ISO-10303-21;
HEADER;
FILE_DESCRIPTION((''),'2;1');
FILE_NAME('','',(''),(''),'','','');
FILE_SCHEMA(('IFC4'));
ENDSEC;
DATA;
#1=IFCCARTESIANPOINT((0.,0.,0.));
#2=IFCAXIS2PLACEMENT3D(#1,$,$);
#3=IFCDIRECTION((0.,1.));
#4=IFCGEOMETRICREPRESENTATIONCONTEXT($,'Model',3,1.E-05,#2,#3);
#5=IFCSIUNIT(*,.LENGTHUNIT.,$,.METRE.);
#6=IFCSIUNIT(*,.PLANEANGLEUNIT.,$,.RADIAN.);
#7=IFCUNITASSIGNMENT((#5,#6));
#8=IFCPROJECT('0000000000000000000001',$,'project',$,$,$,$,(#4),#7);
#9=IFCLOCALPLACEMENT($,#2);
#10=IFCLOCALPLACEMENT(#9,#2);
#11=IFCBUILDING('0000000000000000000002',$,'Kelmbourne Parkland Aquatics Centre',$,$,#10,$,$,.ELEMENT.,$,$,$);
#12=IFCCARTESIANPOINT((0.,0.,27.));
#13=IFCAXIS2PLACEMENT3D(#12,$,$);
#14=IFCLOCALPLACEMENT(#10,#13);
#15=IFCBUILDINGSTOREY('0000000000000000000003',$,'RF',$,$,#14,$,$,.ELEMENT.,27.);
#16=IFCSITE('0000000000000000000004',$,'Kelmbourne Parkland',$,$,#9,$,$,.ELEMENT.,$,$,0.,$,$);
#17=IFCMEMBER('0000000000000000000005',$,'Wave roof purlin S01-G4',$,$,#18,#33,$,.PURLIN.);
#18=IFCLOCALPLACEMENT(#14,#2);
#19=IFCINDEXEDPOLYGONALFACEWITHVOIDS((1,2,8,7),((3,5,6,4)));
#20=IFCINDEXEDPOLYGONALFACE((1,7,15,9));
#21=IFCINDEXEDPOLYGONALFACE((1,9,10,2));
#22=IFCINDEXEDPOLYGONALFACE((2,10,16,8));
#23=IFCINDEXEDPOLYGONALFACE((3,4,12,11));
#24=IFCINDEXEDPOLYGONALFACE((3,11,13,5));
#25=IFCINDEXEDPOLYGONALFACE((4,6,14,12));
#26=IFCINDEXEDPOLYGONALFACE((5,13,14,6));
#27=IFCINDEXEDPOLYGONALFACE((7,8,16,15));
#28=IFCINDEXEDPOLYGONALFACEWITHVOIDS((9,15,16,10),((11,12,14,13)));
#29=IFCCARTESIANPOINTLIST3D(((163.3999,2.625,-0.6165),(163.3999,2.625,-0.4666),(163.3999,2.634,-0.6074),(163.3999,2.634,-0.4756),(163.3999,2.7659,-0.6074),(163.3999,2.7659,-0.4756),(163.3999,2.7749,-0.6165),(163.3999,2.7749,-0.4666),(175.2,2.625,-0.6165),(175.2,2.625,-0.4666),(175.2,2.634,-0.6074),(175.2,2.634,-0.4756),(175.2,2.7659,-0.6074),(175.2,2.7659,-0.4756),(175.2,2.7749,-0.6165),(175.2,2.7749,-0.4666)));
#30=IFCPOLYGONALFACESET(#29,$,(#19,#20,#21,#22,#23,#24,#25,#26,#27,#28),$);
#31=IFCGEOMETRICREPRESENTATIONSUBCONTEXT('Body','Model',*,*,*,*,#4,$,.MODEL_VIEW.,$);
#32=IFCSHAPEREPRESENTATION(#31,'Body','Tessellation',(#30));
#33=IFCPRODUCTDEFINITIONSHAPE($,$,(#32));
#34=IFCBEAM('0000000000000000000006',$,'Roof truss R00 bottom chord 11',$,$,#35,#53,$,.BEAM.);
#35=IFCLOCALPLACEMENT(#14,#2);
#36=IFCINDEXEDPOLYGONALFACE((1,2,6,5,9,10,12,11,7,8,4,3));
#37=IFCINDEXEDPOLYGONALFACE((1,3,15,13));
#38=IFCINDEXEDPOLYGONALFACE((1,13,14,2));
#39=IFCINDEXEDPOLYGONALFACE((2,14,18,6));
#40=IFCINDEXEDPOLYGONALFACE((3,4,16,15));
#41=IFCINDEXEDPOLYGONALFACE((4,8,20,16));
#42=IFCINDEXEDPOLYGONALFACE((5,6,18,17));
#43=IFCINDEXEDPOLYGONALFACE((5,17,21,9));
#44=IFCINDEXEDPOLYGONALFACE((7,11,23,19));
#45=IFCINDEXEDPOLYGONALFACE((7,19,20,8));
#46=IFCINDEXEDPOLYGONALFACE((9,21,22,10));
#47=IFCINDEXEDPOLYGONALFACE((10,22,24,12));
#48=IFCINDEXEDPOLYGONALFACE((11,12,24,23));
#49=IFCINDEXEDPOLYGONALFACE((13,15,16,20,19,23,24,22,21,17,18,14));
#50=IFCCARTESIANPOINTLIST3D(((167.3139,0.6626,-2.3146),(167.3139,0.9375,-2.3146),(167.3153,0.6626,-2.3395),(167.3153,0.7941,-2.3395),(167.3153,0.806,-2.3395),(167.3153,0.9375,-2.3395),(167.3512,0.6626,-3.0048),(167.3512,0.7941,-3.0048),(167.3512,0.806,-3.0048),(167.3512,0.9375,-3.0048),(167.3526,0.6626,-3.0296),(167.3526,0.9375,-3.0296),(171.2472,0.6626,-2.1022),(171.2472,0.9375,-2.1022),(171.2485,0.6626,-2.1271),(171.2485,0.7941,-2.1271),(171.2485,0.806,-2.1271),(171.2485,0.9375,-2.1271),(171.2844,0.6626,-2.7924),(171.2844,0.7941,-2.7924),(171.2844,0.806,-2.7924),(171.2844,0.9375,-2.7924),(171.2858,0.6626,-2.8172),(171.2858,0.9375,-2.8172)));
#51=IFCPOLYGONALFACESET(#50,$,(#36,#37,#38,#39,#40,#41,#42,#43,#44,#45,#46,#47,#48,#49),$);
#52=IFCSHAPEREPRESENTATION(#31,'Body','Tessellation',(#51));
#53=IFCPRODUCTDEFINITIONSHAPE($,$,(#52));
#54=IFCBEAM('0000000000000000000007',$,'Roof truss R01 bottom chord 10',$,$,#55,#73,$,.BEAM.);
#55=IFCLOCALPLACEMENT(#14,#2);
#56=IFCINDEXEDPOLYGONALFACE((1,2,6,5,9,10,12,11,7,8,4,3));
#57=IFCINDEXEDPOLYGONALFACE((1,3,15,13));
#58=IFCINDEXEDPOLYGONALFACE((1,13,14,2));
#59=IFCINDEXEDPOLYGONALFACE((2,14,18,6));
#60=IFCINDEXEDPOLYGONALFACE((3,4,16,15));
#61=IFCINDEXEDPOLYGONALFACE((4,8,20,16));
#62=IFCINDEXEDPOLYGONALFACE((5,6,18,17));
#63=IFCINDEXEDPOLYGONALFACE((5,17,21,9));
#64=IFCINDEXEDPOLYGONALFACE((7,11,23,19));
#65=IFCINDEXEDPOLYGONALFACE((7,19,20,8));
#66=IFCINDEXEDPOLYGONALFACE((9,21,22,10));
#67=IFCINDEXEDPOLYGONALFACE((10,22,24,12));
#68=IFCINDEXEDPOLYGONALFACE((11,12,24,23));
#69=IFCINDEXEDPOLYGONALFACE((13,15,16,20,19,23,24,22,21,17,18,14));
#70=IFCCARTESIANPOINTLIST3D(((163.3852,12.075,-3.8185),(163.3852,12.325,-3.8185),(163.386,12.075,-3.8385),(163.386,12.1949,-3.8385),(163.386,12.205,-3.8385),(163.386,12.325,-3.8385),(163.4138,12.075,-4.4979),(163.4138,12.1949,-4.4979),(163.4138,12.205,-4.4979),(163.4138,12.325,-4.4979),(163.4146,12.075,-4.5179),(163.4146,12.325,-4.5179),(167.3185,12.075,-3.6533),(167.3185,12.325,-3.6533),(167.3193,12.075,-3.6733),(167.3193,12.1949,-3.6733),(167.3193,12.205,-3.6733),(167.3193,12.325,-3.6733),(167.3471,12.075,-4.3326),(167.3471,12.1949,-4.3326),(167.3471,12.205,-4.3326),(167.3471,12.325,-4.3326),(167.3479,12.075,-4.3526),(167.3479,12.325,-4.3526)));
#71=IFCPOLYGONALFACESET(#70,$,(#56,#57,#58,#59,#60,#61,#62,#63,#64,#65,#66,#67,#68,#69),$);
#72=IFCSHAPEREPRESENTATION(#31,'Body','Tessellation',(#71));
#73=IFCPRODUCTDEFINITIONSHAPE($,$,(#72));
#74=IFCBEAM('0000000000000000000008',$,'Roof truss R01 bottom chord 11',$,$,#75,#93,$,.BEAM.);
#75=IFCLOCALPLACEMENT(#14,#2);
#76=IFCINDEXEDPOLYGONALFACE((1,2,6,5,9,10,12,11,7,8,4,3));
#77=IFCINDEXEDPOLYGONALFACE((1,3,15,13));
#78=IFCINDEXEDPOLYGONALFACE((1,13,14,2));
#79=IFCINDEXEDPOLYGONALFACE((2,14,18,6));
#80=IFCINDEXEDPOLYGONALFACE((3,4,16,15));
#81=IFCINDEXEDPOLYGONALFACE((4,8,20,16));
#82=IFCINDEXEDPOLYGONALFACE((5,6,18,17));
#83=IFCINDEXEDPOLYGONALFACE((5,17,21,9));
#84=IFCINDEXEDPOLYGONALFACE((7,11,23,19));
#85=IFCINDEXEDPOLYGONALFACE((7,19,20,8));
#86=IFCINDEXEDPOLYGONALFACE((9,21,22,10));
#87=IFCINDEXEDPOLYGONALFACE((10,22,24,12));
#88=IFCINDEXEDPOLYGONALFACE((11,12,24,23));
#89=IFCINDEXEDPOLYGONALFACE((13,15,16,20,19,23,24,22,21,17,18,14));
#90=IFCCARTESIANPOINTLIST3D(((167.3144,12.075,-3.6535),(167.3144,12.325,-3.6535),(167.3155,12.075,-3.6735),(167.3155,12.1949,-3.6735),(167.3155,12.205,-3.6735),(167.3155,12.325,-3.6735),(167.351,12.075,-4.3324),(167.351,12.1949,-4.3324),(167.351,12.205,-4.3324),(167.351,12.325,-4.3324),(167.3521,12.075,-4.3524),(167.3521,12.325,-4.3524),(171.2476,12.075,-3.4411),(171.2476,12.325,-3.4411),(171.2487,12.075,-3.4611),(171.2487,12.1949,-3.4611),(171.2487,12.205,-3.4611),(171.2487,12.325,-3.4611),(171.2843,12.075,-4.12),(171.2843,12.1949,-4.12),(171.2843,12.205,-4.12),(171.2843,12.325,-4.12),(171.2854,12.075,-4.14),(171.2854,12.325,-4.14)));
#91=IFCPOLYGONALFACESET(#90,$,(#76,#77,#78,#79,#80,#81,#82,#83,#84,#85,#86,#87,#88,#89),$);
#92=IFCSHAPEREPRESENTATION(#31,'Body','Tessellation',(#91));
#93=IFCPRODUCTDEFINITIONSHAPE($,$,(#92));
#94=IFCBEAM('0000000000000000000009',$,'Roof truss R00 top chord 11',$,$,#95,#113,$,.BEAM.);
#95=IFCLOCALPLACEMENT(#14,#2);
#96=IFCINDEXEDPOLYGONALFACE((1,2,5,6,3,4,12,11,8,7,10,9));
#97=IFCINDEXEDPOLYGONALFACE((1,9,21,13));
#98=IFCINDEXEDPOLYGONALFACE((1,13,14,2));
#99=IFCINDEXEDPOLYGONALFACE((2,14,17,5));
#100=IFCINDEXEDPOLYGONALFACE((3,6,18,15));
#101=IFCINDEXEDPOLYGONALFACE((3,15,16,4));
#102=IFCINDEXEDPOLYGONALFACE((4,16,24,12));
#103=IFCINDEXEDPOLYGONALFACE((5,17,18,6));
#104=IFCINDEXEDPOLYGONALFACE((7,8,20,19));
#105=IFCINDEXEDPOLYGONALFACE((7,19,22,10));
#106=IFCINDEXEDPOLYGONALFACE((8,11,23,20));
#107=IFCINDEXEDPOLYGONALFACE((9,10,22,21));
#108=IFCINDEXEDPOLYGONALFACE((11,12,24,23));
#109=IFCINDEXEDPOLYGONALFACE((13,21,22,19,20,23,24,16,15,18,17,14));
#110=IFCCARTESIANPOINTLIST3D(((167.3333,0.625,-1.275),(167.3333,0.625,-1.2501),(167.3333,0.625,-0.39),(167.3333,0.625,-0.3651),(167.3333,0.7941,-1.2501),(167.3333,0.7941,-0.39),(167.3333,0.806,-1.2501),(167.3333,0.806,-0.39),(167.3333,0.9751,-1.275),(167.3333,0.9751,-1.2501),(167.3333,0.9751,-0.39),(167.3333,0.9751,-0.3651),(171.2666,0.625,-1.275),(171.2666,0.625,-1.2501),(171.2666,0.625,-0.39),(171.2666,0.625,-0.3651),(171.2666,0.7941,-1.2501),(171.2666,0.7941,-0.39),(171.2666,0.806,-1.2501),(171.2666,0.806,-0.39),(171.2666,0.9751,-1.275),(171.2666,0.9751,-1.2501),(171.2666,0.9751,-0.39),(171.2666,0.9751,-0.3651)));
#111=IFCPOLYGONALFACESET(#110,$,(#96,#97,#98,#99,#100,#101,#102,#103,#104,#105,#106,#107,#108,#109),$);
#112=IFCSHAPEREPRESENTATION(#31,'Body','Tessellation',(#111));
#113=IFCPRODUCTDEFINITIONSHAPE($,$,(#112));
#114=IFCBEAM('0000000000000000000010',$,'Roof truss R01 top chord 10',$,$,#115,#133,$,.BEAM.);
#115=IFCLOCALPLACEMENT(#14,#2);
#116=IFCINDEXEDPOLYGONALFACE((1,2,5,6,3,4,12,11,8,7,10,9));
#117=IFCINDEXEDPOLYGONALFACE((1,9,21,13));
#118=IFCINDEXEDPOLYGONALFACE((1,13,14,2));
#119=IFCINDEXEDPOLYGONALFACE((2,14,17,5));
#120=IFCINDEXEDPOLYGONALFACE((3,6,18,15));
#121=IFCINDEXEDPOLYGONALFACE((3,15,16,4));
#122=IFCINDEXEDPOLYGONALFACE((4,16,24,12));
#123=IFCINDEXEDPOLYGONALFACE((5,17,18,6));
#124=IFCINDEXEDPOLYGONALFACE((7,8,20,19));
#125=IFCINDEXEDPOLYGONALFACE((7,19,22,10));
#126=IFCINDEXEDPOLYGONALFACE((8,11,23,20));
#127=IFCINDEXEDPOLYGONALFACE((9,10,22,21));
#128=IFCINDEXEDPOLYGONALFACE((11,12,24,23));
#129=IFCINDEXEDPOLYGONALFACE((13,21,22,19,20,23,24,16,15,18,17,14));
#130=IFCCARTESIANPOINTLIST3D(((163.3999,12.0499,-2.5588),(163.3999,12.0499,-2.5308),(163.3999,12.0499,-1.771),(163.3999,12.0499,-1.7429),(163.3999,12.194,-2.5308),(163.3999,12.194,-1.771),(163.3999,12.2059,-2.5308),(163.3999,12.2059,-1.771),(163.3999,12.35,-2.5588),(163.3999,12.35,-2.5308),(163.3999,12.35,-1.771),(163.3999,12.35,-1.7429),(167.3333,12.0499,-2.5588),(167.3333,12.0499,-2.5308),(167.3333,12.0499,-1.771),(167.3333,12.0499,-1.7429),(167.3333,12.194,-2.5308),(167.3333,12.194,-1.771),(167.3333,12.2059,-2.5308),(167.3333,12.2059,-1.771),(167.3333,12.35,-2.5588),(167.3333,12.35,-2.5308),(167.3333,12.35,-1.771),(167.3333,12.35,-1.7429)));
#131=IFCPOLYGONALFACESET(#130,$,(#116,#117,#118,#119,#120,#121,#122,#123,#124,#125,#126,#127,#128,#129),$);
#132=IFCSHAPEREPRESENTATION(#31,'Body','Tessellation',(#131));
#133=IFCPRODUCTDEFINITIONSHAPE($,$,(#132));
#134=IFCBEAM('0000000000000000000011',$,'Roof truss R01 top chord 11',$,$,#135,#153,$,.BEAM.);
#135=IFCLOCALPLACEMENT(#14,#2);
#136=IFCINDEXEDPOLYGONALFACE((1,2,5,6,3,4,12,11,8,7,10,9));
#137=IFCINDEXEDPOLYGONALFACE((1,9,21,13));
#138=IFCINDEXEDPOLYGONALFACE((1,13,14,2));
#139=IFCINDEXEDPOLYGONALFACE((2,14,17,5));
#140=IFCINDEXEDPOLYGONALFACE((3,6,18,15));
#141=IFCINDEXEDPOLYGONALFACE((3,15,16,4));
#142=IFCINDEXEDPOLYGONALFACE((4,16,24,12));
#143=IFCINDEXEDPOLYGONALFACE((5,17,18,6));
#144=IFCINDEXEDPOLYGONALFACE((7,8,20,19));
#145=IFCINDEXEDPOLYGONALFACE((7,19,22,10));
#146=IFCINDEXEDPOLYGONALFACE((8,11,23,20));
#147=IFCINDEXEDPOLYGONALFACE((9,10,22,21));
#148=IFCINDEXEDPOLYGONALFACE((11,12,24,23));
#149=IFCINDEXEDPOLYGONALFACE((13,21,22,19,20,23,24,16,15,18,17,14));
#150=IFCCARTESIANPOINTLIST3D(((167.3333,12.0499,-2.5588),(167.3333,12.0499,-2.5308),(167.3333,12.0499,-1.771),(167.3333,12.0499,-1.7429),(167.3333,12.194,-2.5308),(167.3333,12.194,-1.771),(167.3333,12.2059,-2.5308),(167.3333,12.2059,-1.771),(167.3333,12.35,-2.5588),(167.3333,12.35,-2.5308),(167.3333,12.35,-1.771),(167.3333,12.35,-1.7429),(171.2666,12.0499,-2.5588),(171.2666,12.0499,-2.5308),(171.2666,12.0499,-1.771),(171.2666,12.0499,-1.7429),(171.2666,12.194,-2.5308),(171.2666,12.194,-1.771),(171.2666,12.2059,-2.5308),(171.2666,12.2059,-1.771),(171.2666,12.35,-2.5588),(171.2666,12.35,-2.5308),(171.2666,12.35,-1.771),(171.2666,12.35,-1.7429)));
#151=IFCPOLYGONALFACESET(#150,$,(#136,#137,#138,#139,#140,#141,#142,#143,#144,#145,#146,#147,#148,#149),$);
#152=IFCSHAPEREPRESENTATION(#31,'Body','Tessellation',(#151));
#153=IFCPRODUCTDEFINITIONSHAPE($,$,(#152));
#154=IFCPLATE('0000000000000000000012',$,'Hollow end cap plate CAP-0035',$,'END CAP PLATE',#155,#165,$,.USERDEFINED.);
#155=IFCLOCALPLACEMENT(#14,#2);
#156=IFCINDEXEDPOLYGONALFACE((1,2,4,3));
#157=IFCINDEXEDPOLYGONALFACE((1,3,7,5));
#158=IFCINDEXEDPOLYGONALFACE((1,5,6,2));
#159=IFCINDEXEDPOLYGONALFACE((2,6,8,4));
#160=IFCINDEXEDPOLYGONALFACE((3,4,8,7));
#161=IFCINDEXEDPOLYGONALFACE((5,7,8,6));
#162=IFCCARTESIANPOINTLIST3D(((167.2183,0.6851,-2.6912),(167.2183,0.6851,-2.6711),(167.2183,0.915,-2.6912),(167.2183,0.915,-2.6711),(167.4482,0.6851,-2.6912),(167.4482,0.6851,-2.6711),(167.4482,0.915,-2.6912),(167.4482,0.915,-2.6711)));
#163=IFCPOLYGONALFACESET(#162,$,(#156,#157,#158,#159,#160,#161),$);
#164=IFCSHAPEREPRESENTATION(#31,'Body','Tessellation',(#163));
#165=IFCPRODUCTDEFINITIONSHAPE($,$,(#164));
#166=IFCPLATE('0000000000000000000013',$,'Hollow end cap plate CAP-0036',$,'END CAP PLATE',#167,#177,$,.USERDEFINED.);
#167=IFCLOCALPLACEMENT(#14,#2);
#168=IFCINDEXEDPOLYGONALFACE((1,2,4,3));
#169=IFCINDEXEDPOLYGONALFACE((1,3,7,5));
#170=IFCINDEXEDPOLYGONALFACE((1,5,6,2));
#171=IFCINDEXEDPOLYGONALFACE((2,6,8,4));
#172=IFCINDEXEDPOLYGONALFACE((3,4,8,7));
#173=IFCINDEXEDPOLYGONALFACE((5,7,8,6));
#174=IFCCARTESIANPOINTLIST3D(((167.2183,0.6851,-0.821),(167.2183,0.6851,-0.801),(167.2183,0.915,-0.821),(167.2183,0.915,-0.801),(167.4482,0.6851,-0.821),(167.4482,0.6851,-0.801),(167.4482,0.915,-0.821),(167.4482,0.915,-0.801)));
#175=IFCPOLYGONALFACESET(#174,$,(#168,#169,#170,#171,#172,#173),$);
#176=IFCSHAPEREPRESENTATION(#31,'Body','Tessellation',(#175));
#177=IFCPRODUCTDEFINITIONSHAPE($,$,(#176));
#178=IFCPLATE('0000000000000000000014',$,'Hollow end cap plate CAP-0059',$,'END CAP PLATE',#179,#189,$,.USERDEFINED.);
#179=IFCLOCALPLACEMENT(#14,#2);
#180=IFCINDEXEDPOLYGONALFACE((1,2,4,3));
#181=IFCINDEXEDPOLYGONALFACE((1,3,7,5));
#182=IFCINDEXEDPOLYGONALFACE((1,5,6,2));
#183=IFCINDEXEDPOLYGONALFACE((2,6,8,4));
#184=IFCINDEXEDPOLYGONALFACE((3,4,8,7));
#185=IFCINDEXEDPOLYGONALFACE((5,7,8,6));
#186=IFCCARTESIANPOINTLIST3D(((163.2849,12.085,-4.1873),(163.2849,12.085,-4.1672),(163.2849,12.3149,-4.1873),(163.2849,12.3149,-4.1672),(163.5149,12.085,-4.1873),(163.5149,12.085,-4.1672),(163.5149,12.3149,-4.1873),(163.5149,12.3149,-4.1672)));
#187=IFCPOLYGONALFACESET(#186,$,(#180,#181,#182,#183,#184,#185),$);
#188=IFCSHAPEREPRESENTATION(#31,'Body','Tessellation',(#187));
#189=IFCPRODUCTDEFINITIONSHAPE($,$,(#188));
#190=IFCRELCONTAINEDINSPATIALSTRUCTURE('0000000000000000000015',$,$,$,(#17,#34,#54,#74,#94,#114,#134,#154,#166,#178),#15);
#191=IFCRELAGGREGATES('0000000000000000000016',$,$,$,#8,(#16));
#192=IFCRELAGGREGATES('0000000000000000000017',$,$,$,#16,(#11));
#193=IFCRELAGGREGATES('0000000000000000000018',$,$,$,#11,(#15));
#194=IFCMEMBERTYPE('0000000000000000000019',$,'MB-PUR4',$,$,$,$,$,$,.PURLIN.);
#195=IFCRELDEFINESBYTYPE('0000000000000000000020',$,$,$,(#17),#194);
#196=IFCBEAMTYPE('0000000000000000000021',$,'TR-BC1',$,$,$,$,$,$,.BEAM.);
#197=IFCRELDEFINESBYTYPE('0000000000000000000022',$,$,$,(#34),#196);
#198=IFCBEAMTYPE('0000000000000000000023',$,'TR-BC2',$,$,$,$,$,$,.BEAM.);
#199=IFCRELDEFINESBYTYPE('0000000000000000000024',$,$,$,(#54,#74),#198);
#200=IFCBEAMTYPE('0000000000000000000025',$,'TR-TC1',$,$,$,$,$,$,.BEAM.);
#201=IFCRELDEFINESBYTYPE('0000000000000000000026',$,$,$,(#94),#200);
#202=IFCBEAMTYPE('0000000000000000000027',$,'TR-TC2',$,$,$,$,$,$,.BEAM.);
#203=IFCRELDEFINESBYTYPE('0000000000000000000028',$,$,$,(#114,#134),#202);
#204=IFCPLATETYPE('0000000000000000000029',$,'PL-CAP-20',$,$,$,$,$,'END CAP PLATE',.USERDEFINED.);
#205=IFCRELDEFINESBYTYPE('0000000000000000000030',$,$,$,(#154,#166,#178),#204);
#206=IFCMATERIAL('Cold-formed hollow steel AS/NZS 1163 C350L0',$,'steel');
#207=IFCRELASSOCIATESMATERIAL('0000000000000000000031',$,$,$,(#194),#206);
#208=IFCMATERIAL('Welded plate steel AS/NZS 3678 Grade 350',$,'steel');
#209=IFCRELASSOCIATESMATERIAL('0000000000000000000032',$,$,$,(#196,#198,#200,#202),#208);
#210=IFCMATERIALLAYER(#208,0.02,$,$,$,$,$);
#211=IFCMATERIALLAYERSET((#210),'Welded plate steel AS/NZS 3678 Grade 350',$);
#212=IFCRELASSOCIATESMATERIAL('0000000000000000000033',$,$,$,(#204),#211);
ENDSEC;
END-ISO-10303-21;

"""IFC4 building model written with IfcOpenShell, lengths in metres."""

from ifc_helpers import new_model, si_unit, direction, frame, origin, origin_2d, place, context, subcontext, project, spatial, rectangle, hollow_rectangle, i_section, extrude, material, layer, layer_set, material_profile, profile_set, type_object, element, save


model = new_model("IFC4")

# Units and contexts
model_context = context("Model", 3, precision=1e-05, world=origin(), true_north=direction((0.0, 1.0)))
body_context = subcontext(model_context, "Body", "Model", "MODEL_VIEW")
ifc_project = project(units=[si_unit("LENGTHUNIT", "METRE"), si_unit("PLANEANGLEUNIT", "RADIAN")], contexts=[model_context])

# Site, building, storey
site_placement = place(None, origin())
site = spatial("IfcSite", under=ifc_project, at=site_placement, Name="Kelmbourne Parkland", CompositionType="ELEMENT", RefElevation=0.0)
building_placement = place(site_placement, origin())
building = spatial("IfcBuilding", under=site, at=building_placement, Name="Kelmbourne Parkland Aquatics Centre", CompositionType="ELEMENT")
storey_placement = place(building_placement, frame((0.0, 0.0, 27.0)))
storey = spatial("IfcBuildingStorey", under=building, at=storey_placement, Name="RF", CompositionType="ELEMENT", Elevation=27.0)

# Member
ifc_material_1 = material(Name="Cold-formed hollow steel AS/NZS 1163 C350L0", Category="steel")
ifc_material_profile_1 = material_profile(ifc_material_1, hollow_rectangle(XDim=0.1499, YDim=0.1499, WallThickness=0.009, at=origin_2d()), Name="SHS 150x150x9.0")
ifc_profile_set_1 = profile_set([ifc_material_profile_1], Name="Cold-formed hollow steel AS/NZS 1163 C350L0")
member_type_1 = type_object("IfcMemberType", Name="MB-PUR4", PredefinedType="PURLIN", material=ifc_profile_set_1)
member_1_placement = place(storey_placement, frame((163.3999, 2.7, -0.5415), z_axis=(1.0, 0.0, 0.0), x_axis=(0.0, 1.0, 0.0)))
element("IfcMember", 1, at=member_1_placement, inside=storey, type_object=member_type_1, Name="Wave roof purlin S01-G4", PredefinedType="PURLIN", context=body_context, shape_type="SweptSolid", body=[
    extrude(hollow_rectangle(XDim=0.1499, YDim=0.1499, WallThickness=0.009, at=origin_2d()), origin(), (0.0, 0.0, 1.0), 11.8),
])

# Beams
ifc_material_2 = material(Name="Welded plate steel AS/NZS 3678 Grade 350", Category="steel")
ifc_material_profile_2 = material_profile(ifc_material_2, i_section(OverallWidth=0.2749, OverallDepth=0.7161, WebThickness=0.012, FlangeThickness=0.0249, at=origin_2d()), Name="700WB173")
ifc_profile_set_2 = profile_set([ifc_material_profile_2], Name="Welded plate steel AS/NZS 3678 Grade 350")
beam_type_1 = type_object("IfcBeamType", Name="TR-BC1", PredefinedType="BEAM", material=ifc_profile_set_2)
beam_1_placement = place(storey_placement, frame((167.3333, 0.8, -2.6721), z_axis=(0.998545, 0.0, 0.053922), x_axis=(0.0, 1.0, 0.0)))
element("IfcBeam", 2, at=beam_1_placement, inside=storey, type_object=beam_type_1, Name="Roof truss R00 bottom chord 11", PredefinedType="BEAM", context=body_context, shape_type="SweptSolid", body=[
    extrude(i_section(OverallWidth=0.2749, OverallDepth=0.7161, WebThickness=0.012, FlangeThickness=0.0249, at=origin_2d()), origin(), (0.0, 0.0, 1.0), 3.939),
])
ifc_material_profile_3 = material_profile(ifc_material_2, i_section(OverallWidth=0.25, OverallDepth=0.7, WebThickness=0.01, FlangeThickness=0.02, at=origin_2d()), Name="700WB130")
ifc_profile_set_3 = profile_set([ifc_material_profile_3], Name="Welded plate steel AS/NZS 3678 Grade 350")
beam_type_2 = type_object("IfcBeamType", Name="TR-BC2", PredefinedType="BEAM", material=ifc_profile_set_3)
beam_2_placement = place(storey_placement, frame((163.3999, 12.2, -4.1682), z_axis=(0.999118, 0.0, 0.041984), x_axis=(0.0, 1.0, 0.0)))
element("IfcBeam", 3, at=beam_2_placement, inside=storey, type_object=beam_type_2, Name="Roof truss R01 bottom chord 10", PredefinedType="BEAM", context=body_context, shape_type="SweptSolid", body=[
    extrude(i_section(OverallWidth=0.25, OverallDepth=0.7, WebThickness=0.01, FlangeThickness=0.02, at=origin_2d()), origin(), (0.0, 0.0, 1.0), 3.9368),
])
beam_3_placement = place(storey_placement, frame((167.3333, 12.2, -4.0029), z_axis=(0.998545, 0.0, 0.053922), x_axis=(0.0, 1.0, 0.0)))
element("IfcBeam", 4, at=beam_3_placement, inside=storey, type_object=beam_type_2, Name="Roof truss R01 bottom chord 11", PredefinedType="BEAM", context=body_context, shape_type="SweptSolid", body=[
    extrude(i_section(OverallWidth=0.25, OverallDepth=0.7, WebThickness=0.01, FlangeThickness=0.02, at=origin_2d()), origin(), (0.0, 0.0, 1.0), 3.939),
])
ifc_material_profile_4 = material_profile(ifc_material_2, i_section(OverallWidth=0.3501, OverallDepth=0.9099, WebThickness=0.012, FlangeThickness=0.0249, at=origin_2d()), Name="900WB218")
ifc_profile_set_4 = profile_set([ifc_material_profile_4], Name="Welded plate steel AS/NZS 3678 Grade 350")
beam_type_3 = type_object("IfcBeamType", Name="TR-TC1", PredefinedType="BEAM", material=ifc_profile_set_4)
beam_4_placement = place(storey_placement, frame((167.3333, 0.8, -0.8201), z_axis=(1.0, 0.0, 0.0), x_axis=(0.0, 1.0, 0.0)))
element("IfcBeam", 5, at=beam_4_placement, inside=storey, type_object=beam_type_3, Name="Roof truss R00 top chord 11", PredefinedType="BEAM", context=body_context, shape_type="SweptSolid", body=[
    extrude(i_section(OverallWidth=0.3501, OverallDepth=0.9099, WebThickness=0.012, FlangeThickness=0.0249, at=origin_2d()), origin(), (0.0, 0.0, 1.0), 3.9333),
])
ifc_material_profile_5 = material_profile(ifc_material_2, i_section(OverallWidth=0.3, OverallDepth=0.8159, WebThickness=0.012, FlangeThickness=0.0281, at=origin_2d()), Name="800WB192")
ifc_profile_set_5 = profile_set([ifc_material_profile_5], Name="Welded plate steel AS/NZS 3678 Grade 350")
beam_type_4 = type_object("IfcBeamType", Name="TR-TC2", PredefinedType="BEAM", material=ifc_profile_set_5)
for number, where, z_axis, x_axis, name in (
    (6, (163.3999, 12.2, -2.1509), (1.0, 0.0, 0.0), (0.0, 1.0, 0.0), "Roof truss R01 top chord 10"),
    (7, (167.3333, 12.2, -2.1509), (1.0, 0.0, 0.0), (0.0, 1.0, 0.0), "Roof truss R01 top chord 11"),
):
    element("IfcBeam", number, at=place(storey_placement, frame(where, z_axis=z_axis, x_axis=x_axis)), inside=storey, type_object=beam_type_4, Name=name, PredefinedType="BEAM", context=body_context, shape_type="SweptSolid", body=[
        extrude(i_section(OverallWidth=0.3, OverallDepth=0.8159, WebThickness=0.012, FlangeThickness=0.0281, at=origin_2d()), origin(), (0.0, 0.0, 1.0), 3.9333),
    ])

# Plates
ifc_layer_1 = layer(ifc_material_2, 0.02)
ifc_layer_set_1 = layer_set([ifc_layer_1], Name="Welded plate steel AS/NZS 3678 Grade 350")
plate_type_1 = type_object("IfcPlateType", Name="PL-CAP-20", ElementType="END CAP PLATE", PredefinedType="USERDEFINED", material=ifc_layer_set_1)
for number, where, z_axis, x_axis, name in (
    (8, (167.3333, 0.8, -2.6912), (0.0, 0.0, 1.0), (1.0, 0.0, 0.0), "Hollow end cap plate CAP-0035"),
    (9, (167.3333, 0.8, -0.821), (0.0, 0.0, 1.0), (1.0, 0.0, 0.0), "Hollow end cap plate CAP-0036"),
    (10, (163.3999, 12.2, -4.1873), (0.0, 0.0, 1.0), (1.0, 0.0, 0.0), "Hollow end cap plate CAP-0059"),
):
    element("IfcPlate", number, at=place(storey_placement, frame(where, z_axis=z_axis, x_axis=x_axis)), inside=storey, type_object=plate_type_1, Name=name, ObjectType="END CAP PLATE", PredefinedType="USERDEFINED", context=body_context, shape_type="SweptSolid", body=[
        extrude(rectangle(XDim=0.23, YDim=0.23, at=origin_2d()), origin(), (0.0, 0.0, 1.0), 0.02),
    ])

save(model, "model.ifc")
